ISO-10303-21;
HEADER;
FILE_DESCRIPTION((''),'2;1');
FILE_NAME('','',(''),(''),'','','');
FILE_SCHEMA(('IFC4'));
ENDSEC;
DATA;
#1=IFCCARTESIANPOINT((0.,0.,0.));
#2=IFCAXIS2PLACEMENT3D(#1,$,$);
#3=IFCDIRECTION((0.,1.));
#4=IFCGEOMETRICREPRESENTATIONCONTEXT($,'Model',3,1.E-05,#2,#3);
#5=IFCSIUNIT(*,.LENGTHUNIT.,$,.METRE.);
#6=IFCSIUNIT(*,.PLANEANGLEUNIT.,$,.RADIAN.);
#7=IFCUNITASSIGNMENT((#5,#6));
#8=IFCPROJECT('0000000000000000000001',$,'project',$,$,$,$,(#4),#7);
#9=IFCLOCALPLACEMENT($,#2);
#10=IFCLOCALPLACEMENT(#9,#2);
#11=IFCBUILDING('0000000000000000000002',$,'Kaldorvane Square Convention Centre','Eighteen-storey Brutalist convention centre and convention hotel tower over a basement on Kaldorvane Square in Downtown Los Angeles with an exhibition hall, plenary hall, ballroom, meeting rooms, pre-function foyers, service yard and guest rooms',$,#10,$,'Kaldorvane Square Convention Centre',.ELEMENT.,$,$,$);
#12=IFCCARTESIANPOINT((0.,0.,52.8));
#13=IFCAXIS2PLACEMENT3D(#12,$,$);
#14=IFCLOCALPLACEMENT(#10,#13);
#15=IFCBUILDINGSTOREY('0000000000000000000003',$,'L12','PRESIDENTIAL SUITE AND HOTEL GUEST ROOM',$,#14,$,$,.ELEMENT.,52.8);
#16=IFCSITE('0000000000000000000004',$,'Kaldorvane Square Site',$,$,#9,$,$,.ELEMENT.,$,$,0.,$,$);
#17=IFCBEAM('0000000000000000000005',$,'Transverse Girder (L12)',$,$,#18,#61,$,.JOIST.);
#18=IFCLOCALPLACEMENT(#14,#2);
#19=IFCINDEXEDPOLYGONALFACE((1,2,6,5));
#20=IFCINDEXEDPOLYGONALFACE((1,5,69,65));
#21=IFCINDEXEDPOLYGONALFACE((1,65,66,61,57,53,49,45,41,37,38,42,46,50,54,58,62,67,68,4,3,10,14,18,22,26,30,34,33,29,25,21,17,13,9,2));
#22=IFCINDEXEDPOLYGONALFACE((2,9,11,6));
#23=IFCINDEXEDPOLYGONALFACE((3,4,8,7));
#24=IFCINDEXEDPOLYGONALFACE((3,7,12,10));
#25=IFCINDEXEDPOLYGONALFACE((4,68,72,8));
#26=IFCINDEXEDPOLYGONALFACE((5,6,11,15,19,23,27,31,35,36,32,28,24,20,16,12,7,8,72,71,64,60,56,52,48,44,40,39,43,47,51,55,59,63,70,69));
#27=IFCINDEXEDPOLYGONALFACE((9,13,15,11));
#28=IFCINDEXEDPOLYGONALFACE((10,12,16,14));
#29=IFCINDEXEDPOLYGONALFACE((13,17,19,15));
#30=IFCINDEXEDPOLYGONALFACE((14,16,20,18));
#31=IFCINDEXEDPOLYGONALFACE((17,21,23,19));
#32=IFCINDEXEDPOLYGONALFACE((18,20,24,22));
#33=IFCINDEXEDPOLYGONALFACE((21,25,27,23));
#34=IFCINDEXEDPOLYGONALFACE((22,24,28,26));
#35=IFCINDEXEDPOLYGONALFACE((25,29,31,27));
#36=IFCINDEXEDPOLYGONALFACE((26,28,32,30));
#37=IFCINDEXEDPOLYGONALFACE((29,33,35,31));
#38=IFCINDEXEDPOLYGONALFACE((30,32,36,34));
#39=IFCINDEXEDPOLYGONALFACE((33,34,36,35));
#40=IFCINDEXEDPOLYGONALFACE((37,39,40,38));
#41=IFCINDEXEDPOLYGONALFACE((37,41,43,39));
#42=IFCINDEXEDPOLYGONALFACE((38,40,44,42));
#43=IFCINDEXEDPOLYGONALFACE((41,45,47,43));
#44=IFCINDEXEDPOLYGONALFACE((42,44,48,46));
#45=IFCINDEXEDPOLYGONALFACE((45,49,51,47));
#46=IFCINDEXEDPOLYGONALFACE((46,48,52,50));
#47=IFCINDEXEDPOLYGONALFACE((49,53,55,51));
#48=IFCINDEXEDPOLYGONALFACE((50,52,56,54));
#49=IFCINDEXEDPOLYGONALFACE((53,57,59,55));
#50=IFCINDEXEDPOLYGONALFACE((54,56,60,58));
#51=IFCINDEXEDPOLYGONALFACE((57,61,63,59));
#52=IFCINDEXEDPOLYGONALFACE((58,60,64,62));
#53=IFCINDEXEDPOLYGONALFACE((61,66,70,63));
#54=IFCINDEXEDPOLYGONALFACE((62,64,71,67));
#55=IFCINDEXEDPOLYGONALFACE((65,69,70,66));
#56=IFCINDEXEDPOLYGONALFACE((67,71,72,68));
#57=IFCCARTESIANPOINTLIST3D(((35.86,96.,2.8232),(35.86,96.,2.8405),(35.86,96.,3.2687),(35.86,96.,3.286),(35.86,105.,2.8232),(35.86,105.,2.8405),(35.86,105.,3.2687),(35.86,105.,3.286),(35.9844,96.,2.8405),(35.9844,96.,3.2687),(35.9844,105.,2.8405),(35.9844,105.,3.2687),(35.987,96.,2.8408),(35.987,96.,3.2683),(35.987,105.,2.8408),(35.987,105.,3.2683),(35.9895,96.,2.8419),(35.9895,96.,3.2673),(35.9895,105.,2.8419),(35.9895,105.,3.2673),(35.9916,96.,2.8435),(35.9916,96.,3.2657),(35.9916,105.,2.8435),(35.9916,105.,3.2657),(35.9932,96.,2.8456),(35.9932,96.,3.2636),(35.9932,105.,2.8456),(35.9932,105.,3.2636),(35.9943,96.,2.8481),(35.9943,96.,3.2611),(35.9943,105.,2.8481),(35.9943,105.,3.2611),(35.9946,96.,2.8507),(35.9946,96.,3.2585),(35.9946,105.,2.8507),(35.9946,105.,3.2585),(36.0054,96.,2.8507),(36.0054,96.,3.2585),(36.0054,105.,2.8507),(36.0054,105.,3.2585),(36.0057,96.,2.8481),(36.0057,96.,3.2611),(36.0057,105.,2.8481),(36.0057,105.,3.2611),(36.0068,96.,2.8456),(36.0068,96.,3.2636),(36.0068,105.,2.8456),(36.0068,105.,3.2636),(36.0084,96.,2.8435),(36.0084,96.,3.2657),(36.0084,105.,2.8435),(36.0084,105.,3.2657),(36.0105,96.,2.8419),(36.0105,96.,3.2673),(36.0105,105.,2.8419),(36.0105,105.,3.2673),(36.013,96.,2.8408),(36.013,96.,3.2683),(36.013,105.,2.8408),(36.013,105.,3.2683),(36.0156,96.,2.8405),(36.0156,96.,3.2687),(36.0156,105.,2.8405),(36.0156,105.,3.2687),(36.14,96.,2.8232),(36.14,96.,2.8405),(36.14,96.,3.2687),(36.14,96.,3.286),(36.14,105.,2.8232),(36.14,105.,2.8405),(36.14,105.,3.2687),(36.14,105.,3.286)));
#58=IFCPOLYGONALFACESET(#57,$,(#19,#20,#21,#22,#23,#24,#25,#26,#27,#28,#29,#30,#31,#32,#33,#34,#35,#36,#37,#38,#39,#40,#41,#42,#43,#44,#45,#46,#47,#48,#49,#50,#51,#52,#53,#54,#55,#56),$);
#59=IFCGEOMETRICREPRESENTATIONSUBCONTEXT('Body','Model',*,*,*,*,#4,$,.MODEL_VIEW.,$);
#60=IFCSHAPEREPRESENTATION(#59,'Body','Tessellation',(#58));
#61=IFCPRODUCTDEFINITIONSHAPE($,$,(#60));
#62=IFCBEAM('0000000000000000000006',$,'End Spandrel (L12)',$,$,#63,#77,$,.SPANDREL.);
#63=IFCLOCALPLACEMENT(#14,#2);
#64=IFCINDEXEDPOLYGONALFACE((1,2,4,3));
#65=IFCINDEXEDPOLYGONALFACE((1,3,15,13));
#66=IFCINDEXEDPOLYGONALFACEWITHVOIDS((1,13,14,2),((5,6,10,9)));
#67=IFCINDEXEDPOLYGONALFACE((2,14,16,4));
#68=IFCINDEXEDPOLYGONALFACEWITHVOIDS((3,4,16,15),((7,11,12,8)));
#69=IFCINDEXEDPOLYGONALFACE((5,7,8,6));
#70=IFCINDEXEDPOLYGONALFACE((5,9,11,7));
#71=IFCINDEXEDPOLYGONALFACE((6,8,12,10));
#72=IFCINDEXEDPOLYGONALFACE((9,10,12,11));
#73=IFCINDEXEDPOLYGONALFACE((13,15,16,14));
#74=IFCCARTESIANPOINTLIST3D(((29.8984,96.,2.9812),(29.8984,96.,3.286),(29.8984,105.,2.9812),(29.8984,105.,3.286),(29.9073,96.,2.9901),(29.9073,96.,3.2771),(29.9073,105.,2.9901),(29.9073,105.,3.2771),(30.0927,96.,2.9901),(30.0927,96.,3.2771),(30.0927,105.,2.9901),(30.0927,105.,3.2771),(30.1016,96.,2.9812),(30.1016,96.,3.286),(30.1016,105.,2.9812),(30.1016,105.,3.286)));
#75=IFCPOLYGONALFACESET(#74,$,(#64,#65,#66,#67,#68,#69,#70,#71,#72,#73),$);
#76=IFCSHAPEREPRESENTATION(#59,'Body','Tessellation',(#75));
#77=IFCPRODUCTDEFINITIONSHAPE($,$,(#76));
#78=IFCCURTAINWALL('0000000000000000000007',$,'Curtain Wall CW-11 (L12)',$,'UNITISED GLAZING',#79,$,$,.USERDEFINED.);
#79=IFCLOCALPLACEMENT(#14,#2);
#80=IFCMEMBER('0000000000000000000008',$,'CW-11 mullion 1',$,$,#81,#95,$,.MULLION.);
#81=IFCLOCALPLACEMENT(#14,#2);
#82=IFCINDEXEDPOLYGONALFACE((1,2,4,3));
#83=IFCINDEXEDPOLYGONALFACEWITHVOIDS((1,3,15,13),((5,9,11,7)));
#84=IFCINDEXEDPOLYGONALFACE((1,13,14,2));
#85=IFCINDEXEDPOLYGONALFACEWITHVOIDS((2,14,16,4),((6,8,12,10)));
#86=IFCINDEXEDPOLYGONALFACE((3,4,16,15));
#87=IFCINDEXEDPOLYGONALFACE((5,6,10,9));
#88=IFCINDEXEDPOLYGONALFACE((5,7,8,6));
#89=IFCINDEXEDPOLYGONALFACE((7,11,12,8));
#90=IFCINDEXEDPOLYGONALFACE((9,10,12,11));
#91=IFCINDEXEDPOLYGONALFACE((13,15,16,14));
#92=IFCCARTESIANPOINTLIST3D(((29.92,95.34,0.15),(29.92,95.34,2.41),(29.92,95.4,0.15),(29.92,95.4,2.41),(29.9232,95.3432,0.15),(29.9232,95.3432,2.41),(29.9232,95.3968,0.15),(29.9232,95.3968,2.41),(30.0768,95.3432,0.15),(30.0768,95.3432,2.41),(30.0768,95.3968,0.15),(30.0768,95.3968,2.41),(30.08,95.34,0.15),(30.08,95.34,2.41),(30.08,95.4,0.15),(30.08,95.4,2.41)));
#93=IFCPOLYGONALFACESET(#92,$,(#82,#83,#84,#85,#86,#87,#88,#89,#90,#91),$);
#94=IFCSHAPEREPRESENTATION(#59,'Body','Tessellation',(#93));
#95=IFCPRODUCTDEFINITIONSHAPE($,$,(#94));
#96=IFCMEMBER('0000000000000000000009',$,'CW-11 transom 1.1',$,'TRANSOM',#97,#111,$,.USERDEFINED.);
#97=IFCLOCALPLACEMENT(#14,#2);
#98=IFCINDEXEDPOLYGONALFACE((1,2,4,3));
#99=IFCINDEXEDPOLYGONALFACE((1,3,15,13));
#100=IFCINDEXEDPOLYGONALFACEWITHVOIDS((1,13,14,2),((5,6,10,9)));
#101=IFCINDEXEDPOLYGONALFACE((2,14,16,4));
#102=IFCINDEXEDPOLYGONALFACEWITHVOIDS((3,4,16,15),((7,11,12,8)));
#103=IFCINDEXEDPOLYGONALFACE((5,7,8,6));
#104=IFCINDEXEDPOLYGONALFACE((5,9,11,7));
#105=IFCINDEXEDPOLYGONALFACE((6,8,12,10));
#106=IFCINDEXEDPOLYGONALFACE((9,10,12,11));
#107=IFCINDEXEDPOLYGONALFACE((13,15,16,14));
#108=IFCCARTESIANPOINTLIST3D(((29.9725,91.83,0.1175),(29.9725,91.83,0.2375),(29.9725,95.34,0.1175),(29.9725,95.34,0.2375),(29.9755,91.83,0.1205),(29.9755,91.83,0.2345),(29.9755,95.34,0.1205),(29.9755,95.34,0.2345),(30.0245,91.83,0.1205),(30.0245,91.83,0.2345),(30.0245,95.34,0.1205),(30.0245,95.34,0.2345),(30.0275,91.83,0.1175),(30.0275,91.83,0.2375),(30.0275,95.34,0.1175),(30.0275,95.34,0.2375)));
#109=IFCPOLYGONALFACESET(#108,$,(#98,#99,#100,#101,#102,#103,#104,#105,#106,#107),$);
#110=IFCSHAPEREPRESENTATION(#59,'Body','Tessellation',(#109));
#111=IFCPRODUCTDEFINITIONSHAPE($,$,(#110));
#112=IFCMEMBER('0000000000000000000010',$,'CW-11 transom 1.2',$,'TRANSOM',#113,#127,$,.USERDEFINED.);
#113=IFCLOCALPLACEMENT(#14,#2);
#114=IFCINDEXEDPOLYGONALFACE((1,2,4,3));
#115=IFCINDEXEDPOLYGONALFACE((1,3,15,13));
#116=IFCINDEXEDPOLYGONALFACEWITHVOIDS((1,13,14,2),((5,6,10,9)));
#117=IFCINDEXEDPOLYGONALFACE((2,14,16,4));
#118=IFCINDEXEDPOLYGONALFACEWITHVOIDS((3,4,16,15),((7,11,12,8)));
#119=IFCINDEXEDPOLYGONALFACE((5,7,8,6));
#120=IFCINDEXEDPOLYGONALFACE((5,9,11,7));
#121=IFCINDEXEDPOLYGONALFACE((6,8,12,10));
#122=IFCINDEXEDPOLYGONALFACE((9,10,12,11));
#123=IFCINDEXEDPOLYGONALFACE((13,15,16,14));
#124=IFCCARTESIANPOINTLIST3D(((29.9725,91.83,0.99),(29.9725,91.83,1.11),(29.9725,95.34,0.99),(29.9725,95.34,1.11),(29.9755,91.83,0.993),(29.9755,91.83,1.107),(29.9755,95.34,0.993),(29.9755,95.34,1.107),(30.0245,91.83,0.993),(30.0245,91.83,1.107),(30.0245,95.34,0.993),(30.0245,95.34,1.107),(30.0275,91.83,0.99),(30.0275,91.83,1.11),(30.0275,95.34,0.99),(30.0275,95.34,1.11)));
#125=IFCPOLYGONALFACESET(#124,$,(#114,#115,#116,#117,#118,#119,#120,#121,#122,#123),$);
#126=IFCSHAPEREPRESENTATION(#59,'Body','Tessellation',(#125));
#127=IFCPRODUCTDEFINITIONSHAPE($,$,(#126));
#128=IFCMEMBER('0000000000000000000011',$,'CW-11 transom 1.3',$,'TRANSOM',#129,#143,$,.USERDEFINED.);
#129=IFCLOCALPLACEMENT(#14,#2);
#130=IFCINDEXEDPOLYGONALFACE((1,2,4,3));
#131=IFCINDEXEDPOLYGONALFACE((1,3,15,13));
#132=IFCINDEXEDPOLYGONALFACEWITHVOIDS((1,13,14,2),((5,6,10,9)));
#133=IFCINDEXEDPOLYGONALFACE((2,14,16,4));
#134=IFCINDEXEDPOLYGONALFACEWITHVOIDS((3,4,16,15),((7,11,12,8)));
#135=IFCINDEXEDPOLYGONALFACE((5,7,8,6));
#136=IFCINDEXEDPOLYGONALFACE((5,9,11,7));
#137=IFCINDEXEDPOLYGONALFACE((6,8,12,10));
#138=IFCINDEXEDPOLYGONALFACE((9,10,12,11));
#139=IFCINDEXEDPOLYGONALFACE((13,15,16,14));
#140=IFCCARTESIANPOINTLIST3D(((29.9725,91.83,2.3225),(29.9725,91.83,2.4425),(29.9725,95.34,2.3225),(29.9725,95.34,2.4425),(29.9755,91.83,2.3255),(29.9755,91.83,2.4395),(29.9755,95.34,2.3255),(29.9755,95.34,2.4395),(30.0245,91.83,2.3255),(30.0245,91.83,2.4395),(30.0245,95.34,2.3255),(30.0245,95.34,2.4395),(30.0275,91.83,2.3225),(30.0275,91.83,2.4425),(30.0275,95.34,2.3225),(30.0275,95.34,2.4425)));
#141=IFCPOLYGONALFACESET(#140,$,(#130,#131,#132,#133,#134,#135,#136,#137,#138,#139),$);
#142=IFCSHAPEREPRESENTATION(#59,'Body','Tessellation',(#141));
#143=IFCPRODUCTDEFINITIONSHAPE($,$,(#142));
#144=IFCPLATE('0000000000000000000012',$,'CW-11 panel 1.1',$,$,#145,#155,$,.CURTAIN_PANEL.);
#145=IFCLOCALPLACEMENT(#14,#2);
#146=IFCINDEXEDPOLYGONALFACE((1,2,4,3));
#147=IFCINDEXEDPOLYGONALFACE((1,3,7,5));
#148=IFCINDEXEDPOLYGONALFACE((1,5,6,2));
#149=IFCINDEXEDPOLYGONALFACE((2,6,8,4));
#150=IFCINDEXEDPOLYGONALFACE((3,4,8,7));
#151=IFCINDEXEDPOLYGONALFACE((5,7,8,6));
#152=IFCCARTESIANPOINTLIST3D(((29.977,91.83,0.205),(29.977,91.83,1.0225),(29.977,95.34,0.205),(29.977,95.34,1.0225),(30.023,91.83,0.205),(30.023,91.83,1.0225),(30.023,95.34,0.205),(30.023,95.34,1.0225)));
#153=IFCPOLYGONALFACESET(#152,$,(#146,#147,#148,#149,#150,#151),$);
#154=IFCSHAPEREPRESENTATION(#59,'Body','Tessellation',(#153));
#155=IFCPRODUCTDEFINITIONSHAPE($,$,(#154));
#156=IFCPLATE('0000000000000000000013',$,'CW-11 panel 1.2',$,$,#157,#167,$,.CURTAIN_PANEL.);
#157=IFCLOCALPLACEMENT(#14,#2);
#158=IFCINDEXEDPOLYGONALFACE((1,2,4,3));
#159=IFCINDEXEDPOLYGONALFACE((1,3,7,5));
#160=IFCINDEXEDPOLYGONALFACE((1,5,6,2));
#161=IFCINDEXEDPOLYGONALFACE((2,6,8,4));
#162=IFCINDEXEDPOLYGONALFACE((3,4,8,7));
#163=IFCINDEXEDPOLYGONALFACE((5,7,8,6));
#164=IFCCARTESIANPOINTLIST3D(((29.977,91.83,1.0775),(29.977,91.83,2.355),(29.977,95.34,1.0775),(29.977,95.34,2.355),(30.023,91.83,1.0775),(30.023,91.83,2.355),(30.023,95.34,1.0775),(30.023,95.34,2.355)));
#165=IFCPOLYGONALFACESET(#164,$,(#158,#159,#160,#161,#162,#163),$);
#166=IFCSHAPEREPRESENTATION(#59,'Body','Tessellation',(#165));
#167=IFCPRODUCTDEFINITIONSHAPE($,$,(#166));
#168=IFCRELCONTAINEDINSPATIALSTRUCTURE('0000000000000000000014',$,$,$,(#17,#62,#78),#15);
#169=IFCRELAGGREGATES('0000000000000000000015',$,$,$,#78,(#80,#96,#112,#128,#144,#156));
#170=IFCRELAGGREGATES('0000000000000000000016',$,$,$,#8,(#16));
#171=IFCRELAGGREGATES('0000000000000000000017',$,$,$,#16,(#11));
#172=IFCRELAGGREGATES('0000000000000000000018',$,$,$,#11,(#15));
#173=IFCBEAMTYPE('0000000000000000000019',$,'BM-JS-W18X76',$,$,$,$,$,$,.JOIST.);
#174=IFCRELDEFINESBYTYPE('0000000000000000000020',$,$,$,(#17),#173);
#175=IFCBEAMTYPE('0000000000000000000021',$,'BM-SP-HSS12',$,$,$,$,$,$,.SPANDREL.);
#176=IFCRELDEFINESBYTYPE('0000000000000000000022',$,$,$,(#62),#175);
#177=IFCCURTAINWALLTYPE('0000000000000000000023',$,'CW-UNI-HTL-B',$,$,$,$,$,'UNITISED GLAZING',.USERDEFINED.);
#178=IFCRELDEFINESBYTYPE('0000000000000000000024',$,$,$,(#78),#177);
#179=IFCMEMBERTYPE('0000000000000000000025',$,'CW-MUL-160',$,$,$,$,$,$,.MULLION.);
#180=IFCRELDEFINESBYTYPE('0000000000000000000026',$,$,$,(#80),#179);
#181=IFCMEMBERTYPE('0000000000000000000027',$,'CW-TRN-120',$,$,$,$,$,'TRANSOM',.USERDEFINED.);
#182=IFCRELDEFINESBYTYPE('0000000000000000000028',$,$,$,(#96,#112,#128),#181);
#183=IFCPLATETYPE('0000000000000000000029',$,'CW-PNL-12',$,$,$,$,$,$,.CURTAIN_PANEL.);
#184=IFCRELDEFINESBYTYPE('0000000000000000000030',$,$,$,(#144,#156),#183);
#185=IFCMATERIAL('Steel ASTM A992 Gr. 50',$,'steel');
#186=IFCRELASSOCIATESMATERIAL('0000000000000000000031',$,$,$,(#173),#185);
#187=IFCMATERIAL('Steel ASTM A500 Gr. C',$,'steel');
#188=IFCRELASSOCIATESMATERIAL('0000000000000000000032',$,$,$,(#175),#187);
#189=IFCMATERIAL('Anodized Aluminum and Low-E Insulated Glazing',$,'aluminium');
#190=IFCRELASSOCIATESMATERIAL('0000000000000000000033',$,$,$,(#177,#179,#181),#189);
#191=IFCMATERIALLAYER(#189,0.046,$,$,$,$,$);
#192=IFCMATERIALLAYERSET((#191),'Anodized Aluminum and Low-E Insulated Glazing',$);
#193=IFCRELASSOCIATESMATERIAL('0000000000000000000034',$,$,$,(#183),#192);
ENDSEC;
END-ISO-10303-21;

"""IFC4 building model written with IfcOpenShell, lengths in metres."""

from ifc_helpers import new_model, si_unit, direction, frame, origin, origin_2d, place, context, subcontext, project, spatial, rectangle, hollow_rectangle, i_section, extrude, material, layer, layer_set, material_profile, profile_set, type_object, element, aggregate, save


model = new_model("IFC4")

# Units and contexts
model_context = context("Model", 3, precision=1e-05, world=origin(), true_north=direction((0.0, 1.0)))
body_context = subcontext(model_context, "Body", "Model", "MODEL_VIEW")
ifc_project = project(units=[si_unit("LENGTHUNIT", "METRE"), si_unit("PLANEANGLEUNIT", "RADIAN")], contexts=[model_context])

# Site, building, storey
site_placement = place(None, origin())
site = spatial("IfcSite", under=ifc_project, at=site_placement, Name="Kaldorvane Square Site", CompositionType="ELEMENT", RefElevation=0.0)
building_placement = place(site_placement, origin())
building = spatial("IfcBuilding", under=site, at=building_placement, Name="Kaldorvane Square Convention Centre", Description="Eighteen-storey Brutalist convention centre and convention hotel tower over a basement on Kaldorvane Square in Downtown Los Angeles with an exhibition hall, plenary hall, ballroom, meeting rooms, pre-function foyers, service yard and guest rooms", LongName="Kaldorvane Square Convention Centre", CompositionType="ELEMENT")
storey_placement = place(building_placement, frame((0.0, 0.0, 52.8)))
storey = spatial("IfcBuildingStorey", under=building, at=storey_placement, Name="L12", Description="PRESIDENTIAL SUITE AND HOTEL GUEST ROOM", CompositionType="ELEMENT", Elevation=52.8)

# Shared definitions
ifc_material_1 = material(Name="Steel ASTM A992 Gr. 50", Category="steel")

# Beams
ifc_material_profile_1 = material_profile(ifc_material_1, i_section(OverallWidth=0.2799, OverallDepth=0.4628, WebThickness=0.0108, FlangeThickness=0.0173, FilletRadius=0.0102, at=origin_2d()), Name="W18X76")
ifc_profile_set_1 = profile_set([ifc_material_profile_1], Name="Steel ASTM A992 Gr. 50")
beam_type_1 = type_object("IfcBeamType", Name="BM-JS-W18X76", PredefinedType="JOIST", material=ifc_profile_set_1)
beam_1_placement = place(storey_placement, frame((36.0, 96.0, 3.0546), z_axis=(0.0, 1.0, 0.0), x_axis=(-1.0, 0.0, 0.0)))
element("IfcBeam", 1, at=beam_1_placement, inside=storey, type_object=beam_type_1, Name="Transverse Girder (L12)", PredefinedType="JOIST", context=body_context, shape_type="SweptSolid", body=[
    extrude(i_section(OverallWidth=0.2799, OverallDepth=0.4628, WebThickness=0.0108, FlangeThickness=0.0173, FilletRadius=0.0102, at=origin_2d()), origin(), (0.0, 0.0, 1.0), 9.0),
])
ifc_material_2 = material(Name="Steel ASTM A500 Gr. C", Category="steel")
ifc_material_profile_2 = material_profile(ifc_material_2, hollow_rectangle(XDim=0.2032, YDim=0.3048, WallThickness=0.0089, at=origin_2d()), Name="HSS12X8X3/8")
ifc_profile_set_2 = profile_set([ifc_material_profile_2], Name="Steel ASTM A500 Gr. C")
beam_type_2 = type_object("IfcBeamType", Name="BM-SP-HSS12", PredefinedType="SPANDREL", material=ifc_profile_set_2)
beam_2_placement = place(storey_placement, frame((30.0, 96.0, 3.1336), z_axis=(0.0, 1.0, 0.0), x_axis=(-1.0, 0.0, 0.0)))
element("IfcBeam", 2, at=beam_2_placement, inside=storey, type_object=beam_type_2, Name="End Spandrel (L12)", PredefinedType="SPANDREL", context=body_context, shape_type="SweptSolid", body=[
    extrude(hollow_rectangle(XDim=0.2032, YDim=0.3048, WallThickness=0.0089, at=origin_2d()), origin(), (0.0, 0.0, 1.0), 9.0),
])

# Curtain wall, members, plates
ifc_material_3 = material(Name="Anodized Aluminum and Low-E Insulated Glazing", Category="aluminium")
curtain_wall_type = type_object("IfcCurtainWallType", Name="CW-UNI-HTL-B", ElementType="UNITISED GLAZING", PredefinedType="USERDEFINED", material=ifc_material_3)
curtain_wall_placement = place(storey_placement, origin())
curtain_wall = element("IfcCurtainWall", 3, at=curtain_wall_placement, inside=storey, type_object=curtain_wall_type, Name="Curtain Wall CW-11 (L12)", ObjectType="UNITISED GLAZING", PredefinedType="USERDEFINED")
ifc_material_profile_3 = material_profile(ifc_material_3, hollow_rectangle(XDim=0.06, YDim=0.16, WallThickness=0.0032, at=origin_2d()), Name="CWM-160X60")
ifc_profile_set_3 = profile_set([ifc_material_profile_3], Name="Anodized Aluminum and Low-E Insulated Glazing")
member_type_1 = type_object("IfcMemberType", Name="CW-MUL-160", PredefinedType="MULLION", material=ifc_profile_set_3)
member_1_placement = place(storey_placement, frame((30.0, 95.37, 0.15), z_axis=(0.0, 0.0, 1.0), x_axis=(0.0, -1.0, 0.0)))
member_1 = element("IfcMember", 4, at=member_1_placement, type_object=member_type_1, Name="CW-11 mullion 1", PredefinedType="MULLION", context=body_context, shape_type="SweptSolid", body=[
    extrude(hollow_rectangle(XDim=0.06, YDim=0.16, WallThickness=0.0032, at=origin_2d()), origin(), (0.0, 0.0, 1.0), 2.26),
])
ifc_material_profile_4 = material_profile(ifc_material_3, hollow_rectangle(XDim=0.055, YDim=0.12, WallThickness=0.003, at=origin_2d()), Name="CWT-120X55")
ifc_profile_set_4 = profile_set([ifc_material_profile_4], Name="Anodized Aluminum and Low-E Insulated Glazing")
member_type_2 = type_object("IfcMemberType", Name="CW-TRN-120", ElementType="TRANSOM", PredefinedType="USERDEFINED", material=ifc_profile_set_4)
member_2_placement = place(storey_placement, frame((30.0, 95.34, 0.1775), z_axis=(0.0, -1.0, 0.0), x_axis=(1.0, 0.0, 0.0)))
member_2 = element("IfcMember", 5, at=member_2_placement, type_object=member_type_2, Name="CW-11 transom 1.1", ObjectType="TRANSOM", PredefinedType="USERDEFINED", context=body_context, shape_type="SweptSolid", body=[
    extrude(hollow_rectangle(XDim=0.055, YDim=0.12, WallThickness=0.003, at=origin_2d()), origin(), (0.0, 0.0, 1.0), 3.51),
])
member_3_placement = place(storey_placement, frame((30.0, 95.34, 1.05), z_axis=(0.0, -1.0, 0.0), x_axis=(1.0, 0.0, 0.0)))
member_3 = element("IfcMember", 6, at=member_3_placement, type_object=member_type_2, Name="CW-11 transom 1.2", ObjectType="TRANSOM", PredefinedType="USERDEFINED", context=body_context, shape_type="SweptSolid", body=[
    extrude(hollow_rectangle(XDim=0.055, YDim=0.12, WallThickness=0.003, at=origin_2d()), origin(), (0.0, 0.0, 1.0), 3.51),
])
member_4_placement = place(storey_placement, frame((30.0, 95.34, 2.3825), z_axis=(0.0, -1.0, 0.0), x_axis=(1.0, 0.0, 0.0)))
member_4 = element("IfcMember", 7, at=member_4_placement, type_object=member_type_2, Name="CW-11 transom 1.3", ObjectType="TRANSOM", PredefinedType="USERDEFINED", context=body_context, shape_type="SweptSolid", body=[
    extrude(hollow_rectangle(XDim=0.055, YDim=0.12, WallThickness=0.003, at=origin_2d()), origin(), (0.0, 0.0, 1.0), 3.51),
])
ifc_layer_1 = layer(ifc_material_3, 0.046)
ifc_layer_set_1 = layer_set([ifc_layer_1], Name="Anodized Aluminum and Low-E Insulated Glazing")
plate_type = type_object("IfcPlateType", Name="CW-PNL-12", PredefinedType="CURTAIN_PANEL", material=ifc_layer_set_1)
plate_1_placement = place(storey_placement, frame((30.0, 93.585, 0.205), z_axis=(0.0, 0.0, 1.0), x_axis=(0.0, -1.0, 0.0)))
plate_1 = element("IfcPlate", 8, at=plate_1_placement, type_object=plate_type, Name="CW-11 panel 1.1", PredefinedType="CURTAIN_PANEL", context=body_context, shape_type="SweptSolid", body=[
    extrude(rectangle(XDim=3.51, YDim=0.046, at=origin_2d()), origin(), (0.0, 0.0, 1.0), 0.8175),
])
plate_2_placement = place(storey_placement, frame((30.0, 93.585, 1.0775), z_axis=(0.0, 0.0, 1.0), x_axis=(0.0, -1.0, 0.0)))
plate_2 = element("IfcPlate", 9, at=plate_2_placement, type_object=plate_type, Name="CW-11 panel 1.2", PredefinedType="CURTAIN_PANEL", context=body_context, shape_type="SweptSolid", body=[
    extrude(rectangle(XDim=3.51, YDim=0.046, at=origin_2d()), origin(), (0.0, 0.0, 1.0), 1.2775),
])
aggregate(curtain_wall, [member_1, member_2, member_3, member_4, plate_1, plate_2])

save(model, "model.ifc")
